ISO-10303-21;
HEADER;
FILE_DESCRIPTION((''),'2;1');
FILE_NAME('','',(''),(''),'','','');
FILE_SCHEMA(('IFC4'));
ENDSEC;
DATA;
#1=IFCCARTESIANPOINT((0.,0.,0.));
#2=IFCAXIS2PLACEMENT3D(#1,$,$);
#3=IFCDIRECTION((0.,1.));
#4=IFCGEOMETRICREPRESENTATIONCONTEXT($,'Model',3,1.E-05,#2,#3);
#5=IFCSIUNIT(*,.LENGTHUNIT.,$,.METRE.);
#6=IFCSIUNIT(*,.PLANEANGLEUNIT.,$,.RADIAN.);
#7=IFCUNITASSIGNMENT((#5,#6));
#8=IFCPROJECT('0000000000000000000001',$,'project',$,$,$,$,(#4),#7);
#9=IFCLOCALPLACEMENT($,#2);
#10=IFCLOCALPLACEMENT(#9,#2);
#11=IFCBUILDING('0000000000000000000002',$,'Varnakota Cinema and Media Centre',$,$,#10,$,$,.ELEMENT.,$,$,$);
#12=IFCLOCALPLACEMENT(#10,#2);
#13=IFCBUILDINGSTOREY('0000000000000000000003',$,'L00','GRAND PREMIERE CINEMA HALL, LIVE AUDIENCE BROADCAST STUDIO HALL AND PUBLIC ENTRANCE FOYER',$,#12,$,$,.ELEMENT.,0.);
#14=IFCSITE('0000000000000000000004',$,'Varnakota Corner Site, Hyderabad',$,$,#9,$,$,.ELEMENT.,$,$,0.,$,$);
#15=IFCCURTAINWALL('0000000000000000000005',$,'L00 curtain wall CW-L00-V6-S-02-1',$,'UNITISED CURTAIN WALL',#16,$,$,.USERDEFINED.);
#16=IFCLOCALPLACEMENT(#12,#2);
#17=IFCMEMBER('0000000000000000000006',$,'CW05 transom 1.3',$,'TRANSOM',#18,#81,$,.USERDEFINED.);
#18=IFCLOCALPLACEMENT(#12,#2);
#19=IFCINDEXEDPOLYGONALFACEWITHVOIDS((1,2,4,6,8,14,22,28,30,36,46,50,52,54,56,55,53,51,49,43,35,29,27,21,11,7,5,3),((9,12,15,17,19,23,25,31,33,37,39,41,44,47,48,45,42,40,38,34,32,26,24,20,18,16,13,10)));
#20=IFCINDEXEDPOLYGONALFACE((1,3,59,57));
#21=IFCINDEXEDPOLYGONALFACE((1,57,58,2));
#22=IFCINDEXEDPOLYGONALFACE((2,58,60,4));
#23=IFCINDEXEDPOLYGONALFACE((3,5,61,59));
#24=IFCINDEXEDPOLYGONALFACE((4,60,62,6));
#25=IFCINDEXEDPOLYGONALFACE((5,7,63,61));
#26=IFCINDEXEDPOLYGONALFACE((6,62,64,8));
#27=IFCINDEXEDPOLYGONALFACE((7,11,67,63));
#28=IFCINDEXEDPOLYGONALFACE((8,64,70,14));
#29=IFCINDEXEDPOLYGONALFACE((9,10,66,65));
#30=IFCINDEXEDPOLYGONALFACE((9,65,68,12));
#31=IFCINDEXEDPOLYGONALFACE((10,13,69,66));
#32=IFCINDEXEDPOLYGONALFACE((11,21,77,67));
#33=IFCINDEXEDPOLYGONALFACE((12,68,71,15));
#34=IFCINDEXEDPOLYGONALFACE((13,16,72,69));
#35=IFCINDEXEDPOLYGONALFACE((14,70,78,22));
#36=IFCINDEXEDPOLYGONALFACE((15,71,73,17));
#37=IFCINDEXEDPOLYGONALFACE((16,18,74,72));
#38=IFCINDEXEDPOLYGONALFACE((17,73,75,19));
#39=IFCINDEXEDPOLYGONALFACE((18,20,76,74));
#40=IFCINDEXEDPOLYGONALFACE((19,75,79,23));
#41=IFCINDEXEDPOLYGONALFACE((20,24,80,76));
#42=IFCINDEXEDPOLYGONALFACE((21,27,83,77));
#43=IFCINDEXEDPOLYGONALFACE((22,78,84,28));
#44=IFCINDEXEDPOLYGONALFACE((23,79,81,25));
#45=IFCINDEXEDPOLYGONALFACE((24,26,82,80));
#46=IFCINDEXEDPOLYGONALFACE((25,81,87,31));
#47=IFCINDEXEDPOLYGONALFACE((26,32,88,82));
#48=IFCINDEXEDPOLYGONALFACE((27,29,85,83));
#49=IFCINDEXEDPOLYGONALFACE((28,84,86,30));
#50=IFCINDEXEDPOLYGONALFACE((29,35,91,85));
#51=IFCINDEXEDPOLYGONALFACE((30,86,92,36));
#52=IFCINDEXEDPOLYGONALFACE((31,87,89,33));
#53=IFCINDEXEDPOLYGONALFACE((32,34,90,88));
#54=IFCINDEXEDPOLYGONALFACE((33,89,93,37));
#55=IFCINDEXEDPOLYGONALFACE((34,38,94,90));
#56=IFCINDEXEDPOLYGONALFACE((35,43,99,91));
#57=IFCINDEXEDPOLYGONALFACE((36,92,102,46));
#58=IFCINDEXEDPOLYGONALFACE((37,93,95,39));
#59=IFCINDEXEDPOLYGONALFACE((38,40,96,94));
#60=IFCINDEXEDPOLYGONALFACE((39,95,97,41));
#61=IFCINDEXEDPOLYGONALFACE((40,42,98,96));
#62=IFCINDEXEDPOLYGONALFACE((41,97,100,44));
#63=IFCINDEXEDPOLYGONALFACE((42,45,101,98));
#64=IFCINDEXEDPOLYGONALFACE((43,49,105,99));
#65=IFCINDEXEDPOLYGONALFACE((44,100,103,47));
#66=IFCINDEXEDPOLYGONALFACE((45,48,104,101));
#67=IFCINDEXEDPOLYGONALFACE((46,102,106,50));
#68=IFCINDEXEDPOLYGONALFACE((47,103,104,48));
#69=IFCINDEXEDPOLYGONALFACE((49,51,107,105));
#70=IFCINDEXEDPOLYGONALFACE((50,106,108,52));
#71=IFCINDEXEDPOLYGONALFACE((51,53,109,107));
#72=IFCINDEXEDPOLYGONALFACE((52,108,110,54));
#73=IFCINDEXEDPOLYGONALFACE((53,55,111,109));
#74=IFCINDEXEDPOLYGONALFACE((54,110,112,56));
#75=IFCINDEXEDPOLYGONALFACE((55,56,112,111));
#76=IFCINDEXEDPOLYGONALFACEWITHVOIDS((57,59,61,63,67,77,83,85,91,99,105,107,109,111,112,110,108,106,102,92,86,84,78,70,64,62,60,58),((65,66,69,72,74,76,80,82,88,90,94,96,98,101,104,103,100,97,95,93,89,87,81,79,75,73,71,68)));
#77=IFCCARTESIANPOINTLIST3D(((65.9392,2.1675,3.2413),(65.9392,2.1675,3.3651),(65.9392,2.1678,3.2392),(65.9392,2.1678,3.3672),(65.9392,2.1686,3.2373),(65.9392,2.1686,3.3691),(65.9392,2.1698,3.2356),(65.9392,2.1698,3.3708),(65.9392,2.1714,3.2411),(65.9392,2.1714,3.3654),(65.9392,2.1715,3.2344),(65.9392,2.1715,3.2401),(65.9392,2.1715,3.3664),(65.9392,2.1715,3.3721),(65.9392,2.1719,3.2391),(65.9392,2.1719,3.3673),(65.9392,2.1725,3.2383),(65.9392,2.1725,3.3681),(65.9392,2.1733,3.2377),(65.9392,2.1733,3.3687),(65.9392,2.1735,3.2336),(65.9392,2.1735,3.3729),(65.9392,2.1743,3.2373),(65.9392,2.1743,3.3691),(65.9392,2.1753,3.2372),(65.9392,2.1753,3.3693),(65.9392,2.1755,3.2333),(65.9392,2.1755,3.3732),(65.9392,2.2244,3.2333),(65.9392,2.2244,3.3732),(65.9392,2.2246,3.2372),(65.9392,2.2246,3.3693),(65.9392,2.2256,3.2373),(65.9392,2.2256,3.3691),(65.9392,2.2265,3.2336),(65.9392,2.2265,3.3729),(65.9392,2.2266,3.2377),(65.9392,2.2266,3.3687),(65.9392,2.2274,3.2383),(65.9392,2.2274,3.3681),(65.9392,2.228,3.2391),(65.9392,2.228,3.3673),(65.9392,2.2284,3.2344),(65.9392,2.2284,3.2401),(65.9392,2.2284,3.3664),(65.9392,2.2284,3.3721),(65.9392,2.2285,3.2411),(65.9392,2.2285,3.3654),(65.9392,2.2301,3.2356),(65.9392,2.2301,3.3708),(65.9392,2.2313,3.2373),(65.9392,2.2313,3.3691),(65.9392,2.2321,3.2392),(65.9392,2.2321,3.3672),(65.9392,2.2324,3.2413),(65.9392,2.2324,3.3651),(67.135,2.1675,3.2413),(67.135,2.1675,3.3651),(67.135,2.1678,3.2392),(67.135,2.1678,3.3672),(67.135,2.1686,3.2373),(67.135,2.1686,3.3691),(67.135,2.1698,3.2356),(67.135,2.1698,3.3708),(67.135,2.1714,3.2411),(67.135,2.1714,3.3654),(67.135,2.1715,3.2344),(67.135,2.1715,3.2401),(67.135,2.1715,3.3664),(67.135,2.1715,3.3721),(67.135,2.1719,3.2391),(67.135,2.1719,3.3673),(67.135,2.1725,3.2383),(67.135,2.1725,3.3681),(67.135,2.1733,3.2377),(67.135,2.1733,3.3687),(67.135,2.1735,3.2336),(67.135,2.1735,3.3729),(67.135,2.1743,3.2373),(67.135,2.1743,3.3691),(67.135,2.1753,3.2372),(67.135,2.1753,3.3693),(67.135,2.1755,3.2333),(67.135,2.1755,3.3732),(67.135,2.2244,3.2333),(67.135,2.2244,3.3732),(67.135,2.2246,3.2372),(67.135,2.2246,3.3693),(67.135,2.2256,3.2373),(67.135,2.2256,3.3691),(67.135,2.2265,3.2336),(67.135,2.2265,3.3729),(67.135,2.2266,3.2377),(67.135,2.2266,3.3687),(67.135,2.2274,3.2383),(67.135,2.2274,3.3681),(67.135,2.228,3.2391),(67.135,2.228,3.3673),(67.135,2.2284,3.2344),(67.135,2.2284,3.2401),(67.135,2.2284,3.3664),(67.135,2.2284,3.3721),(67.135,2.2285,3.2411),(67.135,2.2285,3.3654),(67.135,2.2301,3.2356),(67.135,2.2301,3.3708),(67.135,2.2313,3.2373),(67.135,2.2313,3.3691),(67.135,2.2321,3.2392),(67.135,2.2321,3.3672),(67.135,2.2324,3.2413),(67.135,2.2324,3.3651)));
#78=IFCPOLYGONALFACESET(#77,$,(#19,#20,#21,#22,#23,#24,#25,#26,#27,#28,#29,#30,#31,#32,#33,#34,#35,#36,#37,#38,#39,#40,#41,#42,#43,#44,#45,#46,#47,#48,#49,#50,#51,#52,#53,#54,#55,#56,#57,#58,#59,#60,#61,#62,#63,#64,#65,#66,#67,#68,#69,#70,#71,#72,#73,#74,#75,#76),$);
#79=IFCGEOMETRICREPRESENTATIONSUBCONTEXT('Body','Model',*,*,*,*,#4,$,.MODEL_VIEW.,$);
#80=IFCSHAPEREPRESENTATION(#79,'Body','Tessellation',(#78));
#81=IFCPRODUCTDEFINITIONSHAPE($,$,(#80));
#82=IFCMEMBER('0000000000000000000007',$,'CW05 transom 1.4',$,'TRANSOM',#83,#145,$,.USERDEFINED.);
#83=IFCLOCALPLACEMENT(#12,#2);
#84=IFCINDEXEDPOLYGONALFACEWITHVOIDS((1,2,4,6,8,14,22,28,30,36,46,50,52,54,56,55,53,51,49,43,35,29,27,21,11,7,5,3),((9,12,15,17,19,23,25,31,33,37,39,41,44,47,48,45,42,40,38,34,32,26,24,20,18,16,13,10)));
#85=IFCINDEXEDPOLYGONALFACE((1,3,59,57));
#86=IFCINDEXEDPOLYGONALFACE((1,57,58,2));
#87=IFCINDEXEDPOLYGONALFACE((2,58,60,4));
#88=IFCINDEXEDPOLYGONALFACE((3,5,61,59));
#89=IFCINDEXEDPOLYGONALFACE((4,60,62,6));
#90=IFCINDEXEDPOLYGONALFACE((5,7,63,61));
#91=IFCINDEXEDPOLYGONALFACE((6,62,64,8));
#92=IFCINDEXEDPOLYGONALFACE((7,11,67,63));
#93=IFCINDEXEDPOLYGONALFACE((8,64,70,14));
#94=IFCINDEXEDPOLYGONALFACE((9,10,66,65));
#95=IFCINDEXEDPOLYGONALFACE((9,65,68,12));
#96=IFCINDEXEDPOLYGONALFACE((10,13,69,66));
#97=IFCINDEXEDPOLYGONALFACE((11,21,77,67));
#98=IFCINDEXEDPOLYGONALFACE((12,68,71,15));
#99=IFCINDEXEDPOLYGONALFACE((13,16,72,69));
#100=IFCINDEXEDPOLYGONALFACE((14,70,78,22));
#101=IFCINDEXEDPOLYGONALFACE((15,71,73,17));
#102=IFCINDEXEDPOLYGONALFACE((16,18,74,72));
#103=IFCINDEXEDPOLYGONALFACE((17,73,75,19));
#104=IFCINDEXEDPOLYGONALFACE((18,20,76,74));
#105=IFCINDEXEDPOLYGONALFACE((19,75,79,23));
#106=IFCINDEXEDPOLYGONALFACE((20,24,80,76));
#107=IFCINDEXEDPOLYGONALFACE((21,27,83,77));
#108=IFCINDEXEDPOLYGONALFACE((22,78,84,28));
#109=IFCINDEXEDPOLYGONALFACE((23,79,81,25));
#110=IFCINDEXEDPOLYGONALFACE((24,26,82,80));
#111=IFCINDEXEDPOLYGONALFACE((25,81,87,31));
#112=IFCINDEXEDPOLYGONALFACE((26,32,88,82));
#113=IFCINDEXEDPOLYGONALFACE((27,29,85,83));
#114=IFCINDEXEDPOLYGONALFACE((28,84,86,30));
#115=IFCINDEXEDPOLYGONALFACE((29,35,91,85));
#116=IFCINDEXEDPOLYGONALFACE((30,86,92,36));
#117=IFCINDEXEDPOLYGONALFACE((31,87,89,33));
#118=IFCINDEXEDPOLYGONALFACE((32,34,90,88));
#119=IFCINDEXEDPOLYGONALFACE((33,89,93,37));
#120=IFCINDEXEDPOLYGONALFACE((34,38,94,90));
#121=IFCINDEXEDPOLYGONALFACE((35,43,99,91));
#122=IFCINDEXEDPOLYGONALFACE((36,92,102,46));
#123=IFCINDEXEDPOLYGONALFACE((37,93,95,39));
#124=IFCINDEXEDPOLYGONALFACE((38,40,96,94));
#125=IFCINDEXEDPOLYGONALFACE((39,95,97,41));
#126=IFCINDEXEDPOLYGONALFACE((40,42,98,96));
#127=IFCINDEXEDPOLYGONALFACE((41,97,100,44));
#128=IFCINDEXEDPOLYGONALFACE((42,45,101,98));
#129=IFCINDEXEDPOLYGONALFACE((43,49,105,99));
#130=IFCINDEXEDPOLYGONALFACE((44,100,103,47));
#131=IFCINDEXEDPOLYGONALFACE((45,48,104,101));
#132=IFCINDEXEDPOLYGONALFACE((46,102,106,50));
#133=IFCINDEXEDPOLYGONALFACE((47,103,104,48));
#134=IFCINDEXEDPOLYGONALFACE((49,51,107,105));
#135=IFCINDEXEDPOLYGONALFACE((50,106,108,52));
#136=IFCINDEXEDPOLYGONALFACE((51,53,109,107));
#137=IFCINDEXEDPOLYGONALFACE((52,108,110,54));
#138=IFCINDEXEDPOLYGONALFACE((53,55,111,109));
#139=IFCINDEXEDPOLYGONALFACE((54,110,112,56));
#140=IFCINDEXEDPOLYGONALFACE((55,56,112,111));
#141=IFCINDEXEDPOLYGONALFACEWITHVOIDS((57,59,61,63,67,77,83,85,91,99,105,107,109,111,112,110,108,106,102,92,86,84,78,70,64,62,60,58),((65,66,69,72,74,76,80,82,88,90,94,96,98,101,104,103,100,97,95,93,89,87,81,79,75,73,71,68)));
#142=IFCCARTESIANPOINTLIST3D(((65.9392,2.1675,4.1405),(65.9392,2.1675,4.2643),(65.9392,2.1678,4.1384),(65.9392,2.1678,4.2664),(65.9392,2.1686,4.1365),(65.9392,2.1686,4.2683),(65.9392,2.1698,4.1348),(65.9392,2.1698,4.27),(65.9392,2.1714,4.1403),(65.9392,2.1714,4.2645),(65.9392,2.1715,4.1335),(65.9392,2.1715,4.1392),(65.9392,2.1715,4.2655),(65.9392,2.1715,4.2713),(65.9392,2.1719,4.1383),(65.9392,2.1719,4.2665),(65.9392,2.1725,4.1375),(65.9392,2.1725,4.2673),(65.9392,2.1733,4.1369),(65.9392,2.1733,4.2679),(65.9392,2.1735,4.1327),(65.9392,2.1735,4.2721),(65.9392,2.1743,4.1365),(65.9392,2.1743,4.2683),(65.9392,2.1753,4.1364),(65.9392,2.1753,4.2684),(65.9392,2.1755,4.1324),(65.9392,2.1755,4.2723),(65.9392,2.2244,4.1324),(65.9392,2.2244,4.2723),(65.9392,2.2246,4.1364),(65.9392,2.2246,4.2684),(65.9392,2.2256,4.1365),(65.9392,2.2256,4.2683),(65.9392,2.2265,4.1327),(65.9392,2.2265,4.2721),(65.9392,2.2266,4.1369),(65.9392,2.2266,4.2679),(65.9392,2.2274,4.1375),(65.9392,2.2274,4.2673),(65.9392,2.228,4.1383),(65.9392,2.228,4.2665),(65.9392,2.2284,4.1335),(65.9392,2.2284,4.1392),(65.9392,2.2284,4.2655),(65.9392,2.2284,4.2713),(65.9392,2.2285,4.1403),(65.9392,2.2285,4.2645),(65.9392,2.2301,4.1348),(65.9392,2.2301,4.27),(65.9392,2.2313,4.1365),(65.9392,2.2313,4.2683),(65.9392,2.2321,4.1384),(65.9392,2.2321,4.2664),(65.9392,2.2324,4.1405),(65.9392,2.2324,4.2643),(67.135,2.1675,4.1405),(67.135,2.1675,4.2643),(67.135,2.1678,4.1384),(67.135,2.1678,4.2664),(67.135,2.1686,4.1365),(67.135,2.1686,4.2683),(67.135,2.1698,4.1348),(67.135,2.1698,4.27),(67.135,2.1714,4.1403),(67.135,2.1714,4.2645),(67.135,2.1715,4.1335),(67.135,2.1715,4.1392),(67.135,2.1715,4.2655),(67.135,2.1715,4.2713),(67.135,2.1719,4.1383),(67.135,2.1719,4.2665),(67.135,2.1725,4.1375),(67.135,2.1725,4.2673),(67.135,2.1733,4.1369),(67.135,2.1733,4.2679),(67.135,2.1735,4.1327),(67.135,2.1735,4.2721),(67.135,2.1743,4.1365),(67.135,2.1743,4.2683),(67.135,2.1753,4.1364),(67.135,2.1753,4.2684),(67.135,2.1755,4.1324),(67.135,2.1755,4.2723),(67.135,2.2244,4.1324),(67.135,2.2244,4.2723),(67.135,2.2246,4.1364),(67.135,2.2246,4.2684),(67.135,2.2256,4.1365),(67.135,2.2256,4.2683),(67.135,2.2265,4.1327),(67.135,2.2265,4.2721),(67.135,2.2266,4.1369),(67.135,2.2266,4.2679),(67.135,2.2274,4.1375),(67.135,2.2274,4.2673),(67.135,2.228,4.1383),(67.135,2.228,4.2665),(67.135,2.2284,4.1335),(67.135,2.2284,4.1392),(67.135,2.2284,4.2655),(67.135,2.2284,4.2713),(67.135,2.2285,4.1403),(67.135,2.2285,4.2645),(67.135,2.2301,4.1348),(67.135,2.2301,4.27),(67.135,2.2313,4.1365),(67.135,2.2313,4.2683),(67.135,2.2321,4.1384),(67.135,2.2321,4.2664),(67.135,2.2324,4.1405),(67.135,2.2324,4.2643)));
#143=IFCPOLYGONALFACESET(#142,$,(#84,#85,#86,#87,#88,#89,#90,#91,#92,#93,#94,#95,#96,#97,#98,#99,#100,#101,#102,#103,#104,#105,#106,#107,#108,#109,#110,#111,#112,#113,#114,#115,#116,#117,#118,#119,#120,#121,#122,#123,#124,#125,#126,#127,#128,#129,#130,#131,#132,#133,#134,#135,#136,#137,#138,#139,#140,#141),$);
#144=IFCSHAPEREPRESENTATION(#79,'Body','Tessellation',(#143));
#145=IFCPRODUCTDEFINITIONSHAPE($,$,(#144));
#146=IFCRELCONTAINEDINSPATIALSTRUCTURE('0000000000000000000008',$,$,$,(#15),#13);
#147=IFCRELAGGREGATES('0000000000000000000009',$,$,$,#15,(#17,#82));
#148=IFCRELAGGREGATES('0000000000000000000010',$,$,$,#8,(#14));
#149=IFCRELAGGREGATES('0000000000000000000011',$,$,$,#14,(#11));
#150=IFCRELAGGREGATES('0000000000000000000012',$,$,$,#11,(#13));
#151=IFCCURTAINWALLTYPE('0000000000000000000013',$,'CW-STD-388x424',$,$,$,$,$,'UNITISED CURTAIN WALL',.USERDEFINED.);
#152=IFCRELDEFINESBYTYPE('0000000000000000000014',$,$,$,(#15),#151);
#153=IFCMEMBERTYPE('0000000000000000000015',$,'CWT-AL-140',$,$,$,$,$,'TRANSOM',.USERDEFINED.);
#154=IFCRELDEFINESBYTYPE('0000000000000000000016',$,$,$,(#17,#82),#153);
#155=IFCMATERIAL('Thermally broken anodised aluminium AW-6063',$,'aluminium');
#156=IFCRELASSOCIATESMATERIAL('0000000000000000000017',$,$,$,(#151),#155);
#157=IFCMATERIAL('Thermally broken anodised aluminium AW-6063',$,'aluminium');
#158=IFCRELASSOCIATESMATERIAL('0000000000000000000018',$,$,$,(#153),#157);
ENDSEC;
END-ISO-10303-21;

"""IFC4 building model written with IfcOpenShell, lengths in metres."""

from ifc_helpers import new_model, si_unit, direction, frame, origin, origin_2d, place, context, subcontext, project, spatial, hollow_rectangle, extrude, material, material_profile, profile_set, type_object, element, aggregate, save


model = new_model("IFC4")

# Units and contexts
model_context = context("Model", 3, precision=1e-05, world=origin(), true_north=direction((0.0, 1.0)))
body_context = subcontext(model_context, "Body", "Model", "MODEL_VIEW")
ifc_project = project(units=[si_unit("LENGTHUNIT", "METRE"), si_unit("PLANEANGLEUNIT", "RADIAN")], contexts=[model_context])

# Site, building, storey
site_placement = place(None, origin())
site = spatial("IfcSite", under=ifc_project, at=site_placement, Name="Varnakota Corner Site, Hyderabad", CompositionType="ELEMENT", RefElevation=0.0)
building_placement = place(site_placement, origin())
building = spatial("IfcBuilding", under=site, at=building_placement, Name="Varnakota Cinema and Media Centre", CompositionType="ELEMENT")
storey_placement = place(building_placement, origin())
storey = spatial("IfcBuildingStorey", under=building, at=storey_placement, Name="L00", Description="GRAND PREMIERE CINEMA HALL, LIVE AUDIENCE BROADCAST STUDIO HALL AND PUBLIC ENTRANCE FOYER", CompositionType="ELEMENT", Elevation=0.0)

# Curtain wall
ifc_material_1 = material(Name="Thermally broken anodised aluminium AW-6063", Category="aluminium")
curtain_wall_type = type_object("IfcCurtainWallType", Name="CW-STD-388x424", ElementType="UNITISED CURTAIN WALL", PredefinedType="USERDEFINED", material=ifc_material_1)
curtain_wall_1_placement = place(storey_placement, origin())
curtain_wall_1 = element("IfcCurtainWall", 1, at=curtain_wall_1_placement, inside=storey, type_object=curtain_wall_type, Name="L00 curtain wall CW-L00-V6-S-02-1", ObjectType="UNITISED CURTAIN WALL", PredefinedType="USERDEFINED")

# Members
ifc_material_2 = material(Name="Thermally broken anodised aluminium AW-6063", Category="aluminium")
ifc_material_profile_1 = material_profile(ifc_material_2, hollow_rectangle(XDim=0.0649, YDim=0.1399, WallThickness=0.0039, InnerFilletRadius=0.0039, OuterFilletRadius=0.0081, at=origin_2d()), Name="AL-TRANSOM 140x65x4")
ifc_profile_set_1 = profile_set([ifc_material_profile_1], Name="Thermally broken anodised aluminium AW-6063")
member_type_1 = type_object("IfcMemberType", Name="CWT-AL-140", ElementType="TRANSOM", PredefinedType="USERDEFINED", material=ifc_profile_set_1)
member_1_placement = place(storey_placement, frame((67.135, 2.2, 3.3032), z_axis=(-1.0, 0.0, 0.0), x_axis=(0.0, -1.0, 0.0)))
member_1 = element("IfcMember", 2, at=member_1_placement, type_object=member_type_1, Name="CW05 transom 1.3", ObjectType="TRANSOM", PredefinedType="USERDEFINED", context=body_context, shape_type="SweptSolid", body=[
    extrude(hollow_rectangle(XDim=0.0649, YDim=0.1399, WallThickness=0.0039, InnerFilletRadius=0.0039, OuterFilletRadius=0.0081, at=origin_2d()), origin(), (0.0, 0.0, 1.0), 1.1958),
])
member_2_placement = place(storey_placement, frame((67.135, 2.2, 4.2024), z_axis=(-1.0, 0.0, 0.0), x_axis=(0.0, -1.0, 0.0)))
member_2 = element("IfcMember", 3, at=member_2_placement, type_object=member_type_1, Name="CW05 transom 1.4", ObjectType="TRANSOM", PredefinedType="USERDEFINED", context=body_context, shape_type="SweptSolid", body=[
    extrude(hollow_rectangle(XDim=0.0649, YDim=0.1399, WallThickness=0.0039, InnerFilletRadius=0.0039, OuterFilletRadius=0.0081, at=origin_2d()), origin(), (0.0, 0.0, 1.0), 1.1958),
])

aggregate(curtain_wall_1, [member_1, member_2])

save(model, "model.ifc")
